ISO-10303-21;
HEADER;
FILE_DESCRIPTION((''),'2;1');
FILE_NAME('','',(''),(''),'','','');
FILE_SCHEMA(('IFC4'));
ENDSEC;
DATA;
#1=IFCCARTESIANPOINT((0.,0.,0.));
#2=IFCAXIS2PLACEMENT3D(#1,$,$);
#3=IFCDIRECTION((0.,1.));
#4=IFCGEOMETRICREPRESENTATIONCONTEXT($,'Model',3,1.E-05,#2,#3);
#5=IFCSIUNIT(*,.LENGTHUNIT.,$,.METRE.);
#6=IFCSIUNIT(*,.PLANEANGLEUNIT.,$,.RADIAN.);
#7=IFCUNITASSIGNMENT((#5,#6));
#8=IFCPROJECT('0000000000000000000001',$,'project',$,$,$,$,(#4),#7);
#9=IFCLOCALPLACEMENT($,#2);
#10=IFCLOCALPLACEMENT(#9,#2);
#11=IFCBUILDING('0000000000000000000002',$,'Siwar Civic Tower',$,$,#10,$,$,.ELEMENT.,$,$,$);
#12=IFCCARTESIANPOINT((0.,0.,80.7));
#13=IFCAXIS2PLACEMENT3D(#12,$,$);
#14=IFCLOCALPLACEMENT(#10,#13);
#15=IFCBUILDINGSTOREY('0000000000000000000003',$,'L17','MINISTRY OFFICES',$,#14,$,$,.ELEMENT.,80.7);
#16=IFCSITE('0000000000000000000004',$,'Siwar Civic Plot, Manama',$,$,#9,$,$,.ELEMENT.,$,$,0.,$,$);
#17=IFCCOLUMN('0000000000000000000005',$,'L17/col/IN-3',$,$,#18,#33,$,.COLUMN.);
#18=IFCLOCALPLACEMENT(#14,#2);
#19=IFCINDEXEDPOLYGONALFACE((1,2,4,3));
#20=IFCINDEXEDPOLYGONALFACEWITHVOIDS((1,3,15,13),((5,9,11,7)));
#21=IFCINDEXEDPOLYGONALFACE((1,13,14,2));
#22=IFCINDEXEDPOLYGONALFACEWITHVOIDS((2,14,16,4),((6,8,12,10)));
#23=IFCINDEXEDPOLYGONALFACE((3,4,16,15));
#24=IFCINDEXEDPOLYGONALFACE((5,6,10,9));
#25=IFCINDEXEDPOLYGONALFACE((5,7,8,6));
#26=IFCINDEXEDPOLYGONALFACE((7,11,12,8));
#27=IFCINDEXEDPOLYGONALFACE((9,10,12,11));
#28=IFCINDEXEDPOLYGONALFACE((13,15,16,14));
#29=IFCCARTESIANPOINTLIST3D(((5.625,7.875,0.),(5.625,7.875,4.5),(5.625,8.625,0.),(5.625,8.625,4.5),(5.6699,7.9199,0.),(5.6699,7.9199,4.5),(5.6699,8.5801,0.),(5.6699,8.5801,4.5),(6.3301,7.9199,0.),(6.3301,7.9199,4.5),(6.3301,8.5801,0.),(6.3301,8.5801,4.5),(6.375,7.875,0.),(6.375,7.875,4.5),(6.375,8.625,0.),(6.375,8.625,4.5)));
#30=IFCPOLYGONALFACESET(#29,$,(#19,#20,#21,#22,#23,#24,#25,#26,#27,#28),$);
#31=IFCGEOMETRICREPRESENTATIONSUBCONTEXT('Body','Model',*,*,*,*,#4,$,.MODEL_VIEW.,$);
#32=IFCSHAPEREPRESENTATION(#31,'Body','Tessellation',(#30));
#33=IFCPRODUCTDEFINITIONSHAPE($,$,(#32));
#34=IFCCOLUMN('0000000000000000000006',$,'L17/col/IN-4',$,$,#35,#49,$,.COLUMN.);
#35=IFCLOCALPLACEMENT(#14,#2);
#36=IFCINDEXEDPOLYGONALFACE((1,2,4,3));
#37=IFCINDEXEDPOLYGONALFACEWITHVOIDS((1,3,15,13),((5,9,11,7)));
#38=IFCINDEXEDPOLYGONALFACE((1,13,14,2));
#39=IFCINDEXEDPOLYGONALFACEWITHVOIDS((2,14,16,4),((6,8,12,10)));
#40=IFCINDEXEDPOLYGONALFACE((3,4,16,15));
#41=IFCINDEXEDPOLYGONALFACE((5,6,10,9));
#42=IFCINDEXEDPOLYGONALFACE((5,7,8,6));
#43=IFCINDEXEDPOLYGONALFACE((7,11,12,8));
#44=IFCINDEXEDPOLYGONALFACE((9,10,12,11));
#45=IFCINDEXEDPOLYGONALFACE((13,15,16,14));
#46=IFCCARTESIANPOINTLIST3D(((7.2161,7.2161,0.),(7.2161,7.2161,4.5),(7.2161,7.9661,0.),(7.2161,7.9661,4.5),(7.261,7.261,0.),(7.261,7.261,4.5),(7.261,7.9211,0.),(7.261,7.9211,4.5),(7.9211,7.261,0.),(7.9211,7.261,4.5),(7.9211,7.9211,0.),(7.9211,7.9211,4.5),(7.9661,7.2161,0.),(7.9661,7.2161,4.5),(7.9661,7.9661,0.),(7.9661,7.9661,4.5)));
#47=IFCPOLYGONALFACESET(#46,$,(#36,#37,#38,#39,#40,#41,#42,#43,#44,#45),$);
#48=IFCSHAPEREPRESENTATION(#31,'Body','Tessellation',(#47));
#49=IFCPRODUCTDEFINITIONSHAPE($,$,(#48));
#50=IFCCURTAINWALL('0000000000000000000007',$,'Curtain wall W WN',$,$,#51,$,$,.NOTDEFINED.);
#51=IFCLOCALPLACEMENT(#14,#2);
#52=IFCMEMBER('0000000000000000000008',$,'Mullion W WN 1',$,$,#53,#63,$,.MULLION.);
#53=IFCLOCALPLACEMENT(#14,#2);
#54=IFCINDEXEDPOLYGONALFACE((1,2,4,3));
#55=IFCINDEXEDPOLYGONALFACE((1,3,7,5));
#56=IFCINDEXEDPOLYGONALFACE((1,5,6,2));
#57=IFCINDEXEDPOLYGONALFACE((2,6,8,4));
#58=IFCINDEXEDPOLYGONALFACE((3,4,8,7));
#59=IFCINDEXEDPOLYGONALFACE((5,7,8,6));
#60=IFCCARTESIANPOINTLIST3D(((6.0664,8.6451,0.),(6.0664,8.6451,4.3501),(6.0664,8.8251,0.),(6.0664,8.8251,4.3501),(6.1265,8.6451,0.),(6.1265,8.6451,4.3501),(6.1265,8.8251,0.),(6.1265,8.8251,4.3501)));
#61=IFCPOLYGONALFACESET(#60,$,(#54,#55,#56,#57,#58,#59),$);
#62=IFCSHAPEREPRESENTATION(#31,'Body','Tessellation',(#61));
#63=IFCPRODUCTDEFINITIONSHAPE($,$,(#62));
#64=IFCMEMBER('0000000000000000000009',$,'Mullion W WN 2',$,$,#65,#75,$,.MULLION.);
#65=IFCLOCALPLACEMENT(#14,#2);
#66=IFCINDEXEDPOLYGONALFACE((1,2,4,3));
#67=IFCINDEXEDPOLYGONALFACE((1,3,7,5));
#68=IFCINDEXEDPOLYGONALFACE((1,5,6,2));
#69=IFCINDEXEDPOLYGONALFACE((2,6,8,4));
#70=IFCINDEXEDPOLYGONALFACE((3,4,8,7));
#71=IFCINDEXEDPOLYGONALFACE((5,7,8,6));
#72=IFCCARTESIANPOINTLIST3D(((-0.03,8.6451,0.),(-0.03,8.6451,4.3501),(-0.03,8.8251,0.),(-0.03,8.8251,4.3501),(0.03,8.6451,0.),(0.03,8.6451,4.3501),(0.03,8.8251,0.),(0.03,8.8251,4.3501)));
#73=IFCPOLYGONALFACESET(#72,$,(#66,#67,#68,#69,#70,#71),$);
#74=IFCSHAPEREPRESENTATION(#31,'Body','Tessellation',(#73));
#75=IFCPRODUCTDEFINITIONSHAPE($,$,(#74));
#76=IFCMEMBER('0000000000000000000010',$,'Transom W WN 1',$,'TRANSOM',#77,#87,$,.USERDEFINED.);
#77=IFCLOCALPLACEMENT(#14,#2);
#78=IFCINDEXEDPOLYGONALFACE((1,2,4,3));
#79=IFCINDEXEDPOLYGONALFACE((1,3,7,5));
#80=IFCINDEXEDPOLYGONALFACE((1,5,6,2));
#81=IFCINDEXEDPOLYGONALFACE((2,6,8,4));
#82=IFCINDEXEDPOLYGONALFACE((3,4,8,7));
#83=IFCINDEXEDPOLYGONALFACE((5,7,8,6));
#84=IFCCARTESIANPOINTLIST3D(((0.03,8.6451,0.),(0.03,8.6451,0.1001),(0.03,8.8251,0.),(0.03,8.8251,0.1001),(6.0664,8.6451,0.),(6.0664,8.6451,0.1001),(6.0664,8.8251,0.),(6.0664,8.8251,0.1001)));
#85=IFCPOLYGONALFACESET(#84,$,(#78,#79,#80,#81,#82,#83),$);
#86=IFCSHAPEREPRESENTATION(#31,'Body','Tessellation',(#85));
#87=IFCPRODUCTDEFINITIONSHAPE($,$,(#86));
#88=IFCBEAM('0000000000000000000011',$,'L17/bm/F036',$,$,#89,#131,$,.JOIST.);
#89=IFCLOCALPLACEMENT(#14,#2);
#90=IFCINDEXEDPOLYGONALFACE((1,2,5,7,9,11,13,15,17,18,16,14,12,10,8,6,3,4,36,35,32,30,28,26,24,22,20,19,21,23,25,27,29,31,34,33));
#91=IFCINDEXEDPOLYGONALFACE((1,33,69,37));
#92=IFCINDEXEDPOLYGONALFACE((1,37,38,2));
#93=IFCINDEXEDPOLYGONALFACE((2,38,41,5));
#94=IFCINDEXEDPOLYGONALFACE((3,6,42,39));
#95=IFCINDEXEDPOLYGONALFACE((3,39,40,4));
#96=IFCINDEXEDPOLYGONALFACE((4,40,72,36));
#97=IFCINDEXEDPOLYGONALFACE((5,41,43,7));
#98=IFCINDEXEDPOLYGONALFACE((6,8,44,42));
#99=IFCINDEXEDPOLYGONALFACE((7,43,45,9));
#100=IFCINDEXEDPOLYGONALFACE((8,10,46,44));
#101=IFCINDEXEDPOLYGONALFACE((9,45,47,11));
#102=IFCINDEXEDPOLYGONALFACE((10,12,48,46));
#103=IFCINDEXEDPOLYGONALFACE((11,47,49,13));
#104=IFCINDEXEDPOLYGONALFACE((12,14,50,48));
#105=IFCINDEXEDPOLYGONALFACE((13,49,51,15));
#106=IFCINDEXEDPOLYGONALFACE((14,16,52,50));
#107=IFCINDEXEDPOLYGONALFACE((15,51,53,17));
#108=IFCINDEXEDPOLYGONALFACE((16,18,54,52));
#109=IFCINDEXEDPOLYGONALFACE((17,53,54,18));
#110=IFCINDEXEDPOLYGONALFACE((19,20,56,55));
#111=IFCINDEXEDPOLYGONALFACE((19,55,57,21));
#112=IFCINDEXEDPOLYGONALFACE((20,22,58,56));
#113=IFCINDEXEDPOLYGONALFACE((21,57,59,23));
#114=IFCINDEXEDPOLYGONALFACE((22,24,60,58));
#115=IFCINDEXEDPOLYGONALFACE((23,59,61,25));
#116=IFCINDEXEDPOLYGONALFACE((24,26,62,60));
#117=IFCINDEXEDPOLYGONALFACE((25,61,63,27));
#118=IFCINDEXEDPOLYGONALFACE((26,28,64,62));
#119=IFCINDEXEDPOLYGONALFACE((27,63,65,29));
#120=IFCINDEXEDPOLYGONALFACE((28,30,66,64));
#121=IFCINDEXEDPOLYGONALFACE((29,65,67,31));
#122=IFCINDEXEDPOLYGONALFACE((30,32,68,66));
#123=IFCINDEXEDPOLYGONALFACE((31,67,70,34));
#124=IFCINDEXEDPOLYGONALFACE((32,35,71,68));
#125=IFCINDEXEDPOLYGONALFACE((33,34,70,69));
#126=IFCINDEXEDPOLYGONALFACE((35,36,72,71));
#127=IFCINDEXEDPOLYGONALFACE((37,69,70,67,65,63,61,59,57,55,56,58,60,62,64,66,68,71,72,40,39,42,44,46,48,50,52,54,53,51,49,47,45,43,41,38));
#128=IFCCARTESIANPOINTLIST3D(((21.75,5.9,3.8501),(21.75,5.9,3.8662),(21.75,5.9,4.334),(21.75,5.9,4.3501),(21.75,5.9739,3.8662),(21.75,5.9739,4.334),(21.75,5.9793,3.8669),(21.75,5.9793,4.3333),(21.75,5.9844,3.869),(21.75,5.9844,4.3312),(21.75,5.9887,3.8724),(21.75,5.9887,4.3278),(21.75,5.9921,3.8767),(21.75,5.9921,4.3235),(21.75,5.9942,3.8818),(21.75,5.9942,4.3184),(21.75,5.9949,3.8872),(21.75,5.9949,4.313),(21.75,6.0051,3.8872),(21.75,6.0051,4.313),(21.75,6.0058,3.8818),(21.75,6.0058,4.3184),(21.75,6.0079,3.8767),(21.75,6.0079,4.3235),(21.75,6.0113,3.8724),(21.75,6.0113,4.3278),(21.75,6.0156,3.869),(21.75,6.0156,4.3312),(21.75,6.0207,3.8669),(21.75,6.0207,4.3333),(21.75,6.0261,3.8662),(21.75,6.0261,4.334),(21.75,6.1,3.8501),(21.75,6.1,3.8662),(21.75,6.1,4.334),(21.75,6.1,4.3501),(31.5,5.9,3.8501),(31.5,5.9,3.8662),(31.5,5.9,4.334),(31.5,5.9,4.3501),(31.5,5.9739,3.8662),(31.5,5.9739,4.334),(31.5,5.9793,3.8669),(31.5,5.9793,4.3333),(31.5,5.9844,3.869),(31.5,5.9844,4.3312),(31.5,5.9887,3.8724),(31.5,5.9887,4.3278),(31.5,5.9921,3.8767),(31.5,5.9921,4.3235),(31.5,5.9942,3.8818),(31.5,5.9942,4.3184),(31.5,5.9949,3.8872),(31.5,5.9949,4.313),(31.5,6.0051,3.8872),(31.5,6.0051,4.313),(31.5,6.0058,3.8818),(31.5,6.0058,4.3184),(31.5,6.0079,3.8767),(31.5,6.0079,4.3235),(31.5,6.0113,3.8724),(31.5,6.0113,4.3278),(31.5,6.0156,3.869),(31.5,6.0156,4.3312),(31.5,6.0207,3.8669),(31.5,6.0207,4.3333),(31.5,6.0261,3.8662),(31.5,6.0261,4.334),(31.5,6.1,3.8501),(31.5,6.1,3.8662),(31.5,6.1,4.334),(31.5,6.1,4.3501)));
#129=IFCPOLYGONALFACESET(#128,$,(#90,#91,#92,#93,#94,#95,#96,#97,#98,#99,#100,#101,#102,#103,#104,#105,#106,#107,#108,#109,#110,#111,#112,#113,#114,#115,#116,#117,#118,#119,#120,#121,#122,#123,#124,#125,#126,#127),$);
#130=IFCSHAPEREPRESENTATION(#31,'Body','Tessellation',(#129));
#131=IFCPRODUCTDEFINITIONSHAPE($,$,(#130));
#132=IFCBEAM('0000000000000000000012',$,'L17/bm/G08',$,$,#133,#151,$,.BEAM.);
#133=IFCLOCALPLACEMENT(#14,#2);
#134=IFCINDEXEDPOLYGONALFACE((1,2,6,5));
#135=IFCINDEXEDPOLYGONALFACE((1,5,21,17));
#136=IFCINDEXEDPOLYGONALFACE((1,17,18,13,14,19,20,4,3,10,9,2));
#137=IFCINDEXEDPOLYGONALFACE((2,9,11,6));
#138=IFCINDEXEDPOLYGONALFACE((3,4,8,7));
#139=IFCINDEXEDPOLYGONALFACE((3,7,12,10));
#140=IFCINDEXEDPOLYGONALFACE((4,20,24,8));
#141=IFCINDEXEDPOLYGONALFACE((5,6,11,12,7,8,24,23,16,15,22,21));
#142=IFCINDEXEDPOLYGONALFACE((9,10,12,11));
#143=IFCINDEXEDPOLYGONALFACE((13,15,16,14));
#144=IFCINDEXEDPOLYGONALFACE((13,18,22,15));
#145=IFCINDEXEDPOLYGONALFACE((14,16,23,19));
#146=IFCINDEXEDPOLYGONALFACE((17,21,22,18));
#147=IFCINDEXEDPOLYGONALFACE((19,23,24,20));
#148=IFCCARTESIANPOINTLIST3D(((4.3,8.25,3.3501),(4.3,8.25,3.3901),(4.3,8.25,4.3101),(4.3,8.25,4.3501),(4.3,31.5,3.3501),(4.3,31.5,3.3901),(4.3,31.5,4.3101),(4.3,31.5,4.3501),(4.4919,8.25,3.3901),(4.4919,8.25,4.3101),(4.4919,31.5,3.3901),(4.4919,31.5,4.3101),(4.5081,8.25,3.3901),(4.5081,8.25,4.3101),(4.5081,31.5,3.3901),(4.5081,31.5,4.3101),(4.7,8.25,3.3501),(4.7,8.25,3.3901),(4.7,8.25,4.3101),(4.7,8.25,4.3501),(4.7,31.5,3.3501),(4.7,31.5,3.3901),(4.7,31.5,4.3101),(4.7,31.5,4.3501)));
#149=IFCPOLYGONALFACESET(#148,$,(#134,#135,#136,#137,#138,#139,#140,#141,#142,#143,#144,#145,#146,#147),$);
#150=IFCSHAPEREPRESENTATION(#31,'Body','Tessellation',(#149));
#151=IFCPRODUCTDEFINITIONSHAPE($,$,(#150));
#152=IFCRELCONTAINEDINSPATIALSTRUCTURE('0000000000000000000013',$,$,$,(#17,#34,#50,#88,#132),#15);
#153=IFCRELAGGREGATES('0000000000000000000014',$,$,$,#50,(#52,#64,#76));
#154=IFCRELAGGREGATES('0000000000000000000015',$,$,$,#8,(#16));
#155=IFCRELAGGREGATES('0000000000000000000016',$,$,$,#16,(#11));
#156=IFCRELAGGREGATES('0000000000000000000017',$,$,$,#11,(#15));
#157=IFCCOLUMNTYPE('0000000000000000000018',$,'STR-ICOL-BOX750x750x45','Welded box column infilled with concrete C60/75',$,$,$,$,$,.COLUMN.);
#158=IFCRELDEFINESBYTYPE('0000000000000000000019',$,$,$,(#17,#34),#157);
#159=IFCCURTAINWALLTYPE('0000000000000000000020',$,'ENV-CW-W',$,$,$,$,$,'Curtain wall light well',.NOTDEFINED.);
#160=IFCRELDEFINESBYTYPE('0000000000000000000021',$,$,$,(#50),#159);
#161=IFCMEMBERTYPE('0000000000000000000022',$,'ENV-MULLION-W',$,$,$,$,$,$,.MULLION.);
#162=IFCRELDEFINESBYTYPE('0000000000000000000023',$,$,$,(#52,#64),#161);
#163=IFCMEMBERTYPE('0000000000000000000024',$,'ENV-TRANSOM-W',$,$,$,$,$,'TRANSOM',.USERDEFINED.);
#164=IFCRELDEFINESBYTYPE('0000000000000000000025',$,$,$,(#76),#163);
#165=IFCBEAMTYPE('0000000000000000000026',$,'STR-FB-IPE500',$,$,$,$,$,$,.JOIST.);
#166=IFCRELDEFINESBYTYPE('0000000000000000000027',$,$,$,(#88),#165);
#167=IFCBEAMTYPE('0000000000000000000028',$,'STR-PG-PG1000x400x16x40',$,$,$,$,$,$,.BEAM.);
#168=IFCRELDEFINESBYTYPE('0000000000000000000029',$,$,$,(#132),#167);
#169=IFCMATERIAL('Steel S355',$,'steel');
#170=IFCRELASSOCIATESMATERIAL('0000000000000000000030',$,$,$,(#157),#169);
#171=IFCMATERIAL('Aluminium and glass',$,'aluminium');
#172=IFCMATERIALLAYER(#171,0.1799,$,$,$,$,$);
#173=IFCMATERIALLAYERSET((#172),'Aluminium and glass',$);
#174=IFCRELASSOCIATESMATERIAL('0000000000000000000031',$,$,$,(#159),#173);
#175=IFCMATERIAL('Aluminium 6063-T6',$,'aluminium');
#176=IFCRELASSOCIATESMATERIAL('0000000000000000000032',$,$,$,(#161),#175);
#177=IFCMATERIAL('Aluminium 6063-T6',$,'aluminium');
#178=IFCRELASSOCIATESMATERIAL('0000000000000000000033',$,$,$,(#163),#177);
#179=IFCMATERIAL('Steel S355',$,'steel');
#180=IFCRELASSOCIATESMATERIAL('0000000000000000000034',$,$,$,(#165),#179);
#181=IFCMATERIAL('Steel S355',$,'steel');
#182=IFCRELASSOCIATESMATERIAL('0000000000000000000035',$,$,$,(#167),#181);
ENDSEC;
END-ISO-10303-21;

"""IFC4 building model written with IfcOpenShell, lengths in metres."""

from ifc_helpers import new_model, si_unit, direction, frame, origin, origin_2d, place, context, subcontext, project, spatial, rectangle, hollow_rectangle, i_section, extrude, material, layer, layer_set, material_profile, profile_set, type_object, element, aggregate, save


model = new_model("IFC4")

# Units and contexts
model_context = context("Model", 3, precision=1e-05, world=origin(), true_north=direction((0.0, 1.0)))
body_context = subcontext(model_context, "Body", "Model", "MODEL_VIEW")
ifc_project = project(units=[si_unit("LENGTHUNIT", "METRE"), si_unit("PLANEANGLEUNIT", "RADIAN")], contexts=[model_context])

# Site, building, storey
site_placement = place(None, origin())
site = spatial("IfcSite", under=ifc_project, at=site_placement, Name="Siwar Civic Plot, Manama", CompositionType="ELEMENT", RefElevation=0.0)
building_placement = place(site_placement, origin())
building = spatial("IfcBuilding", under=site, at=building_placement, Name="Siwar Civic Tower", CompositionType="ELEMENT")
storey_placement = place(building_placement, frame((0.0, 0.0, 80.7)))
storey = spatial("IfcBuildingStorey", under=building, at=storey_placement, Name="L17", Description="MINISTRY OFFICES", CompositionType="ELEMENT", Elevation=80.7)

# Columns
ifc_material_1 = material(Name="Steel S355", Category="steel")
ifc_material_profile_1 = material_profile(ifc_material_1, hollow_rectangle(XDim=0.75, YDim=0.75, WallThickness=0.0449, at=origin_2d()), Name="BOX750x750x45")
ifc_profile_set_1 = profile_set([ifc_material_profile_1], Name="Steel S355")
column_type = type_object("IfcColumnType", Name="STR-ICOL-BOX750x750x45", Description="Welded box column infilled with concrete C60/75", PredefinedType="COLUMN", material=ifc_profile_set_1)
for number, where, z_axis, x_axis, name in (
    (1, (6.0, 8.25, 0.0), (0.0, 0.0, 1.0), (1.0, 0.0, 0.0), "L17/col/IN-3"),
    (2, (7.5911, 7.5911, 0.0), (0.0, 0.0, 1.0), (1.0, 0.0, 0.0), "L17/col/IN-4"),
):
    element("IfcColumn", number, at=place(storey_placement, frame(where, z_axis=z_axis, x_axis=x_axis)), inside=storey, type_object=column_type, Name=name, PredefinedType="COLUMN", context=body_context, shape_type="SweptSolid", body=[
        extrude(hollow_rectangle(XDim=0.75, YDim=0.75, WallThickness=0.0449, at=origin_2d()), origin(), (0.0, 0.0, 1.0), 4.5),
    ])

# Curtain wall, members
ifc_material_2 = material(Name="Aluminium and glass", Category="aluminium")
ifc_layer_1 = layer(ifc_material_2, 0.1799)
ifc_layer_set_1 = layer_set([ifc_layer_1], Name="Aluminium and glass")
curtain_wall_type = type_object("IfcCurtainWallType", Name="ENV-CW-W", ElementType="Curtain wall light well", PredefinedType="NOTDEFINED", material=ifc_layer_set_1)
curtain_wall_placement = place(storey_placement, origin())
curtain_wall = element("IfcCurtainWall", 3, at=curtain_wall_placement, inside=storey, type_object=curtain_wall_type, Name="Curtain wall W WN", PredefinedType="NOTDEFINED")
ifc_material_3 = material(Name="Aluminium 6063-T6", Category="aluminium")
ifc_material_profile_2 = material_profile(ifc_material_3, rectangle(XDim=0.1799, YDim=0.0601, at=origin_2d()), Name="AL 180x60")
ifc_profile_set_2 = profile_set([ifc_material_profile_2], Name="Aluminium 6063-T6")
member_type_1 = type_object("IfcMemberType", Name="ENV-MULLION-W", PredefinedType="MULLION", material=ifc_profile_set_2)
member_1_placement = place(storey_placement, frame((6.0964, 8.7351, 0.0), z_axis=(0.0, 0.0, 1.0), x_axis=(0.0, -1.0, 0.0)))
member_1 = element("IfcMember", 4, at=member_1_placement, type_object=member_type_1, Name="Mullion W WN 1", PredefinedType="MULLION", context=body_context, shape_type="SweptSolid", body=[
    extrude(rectangle(XDim=0.1799, YDim=0.0601, at=origin_2d()), origin(), (0.0, 0.0, 1.0), 4.3501),
])
member_2_placement = place(storey_placement, frame((0.0, 8.7351, 0.0), z_axis=(0.0, 0.0, 1.0), x_axis=(0.0, -1.0, 0.0)))
member_2 = element("IfcMember", 5, at=member_2_placement, type_object=member_type_1, Name="Mullion W WN 2", PredefinedType="MULLION", context=body_context, shape_type="SweptSolid", body=[
    extrude(rectangle(XDim=0.1799, YDim=0.0601, at=origin_2d()), origin(), (0.0, 0.0, 1.0), 4.3501),
])
ifc_material_4 = material(Name="Aluminium 6063-T6", Category="aluminium")
ifc_material_profile_3 = material_profile(ifc_material_4, rectangle(XDim=0.1799, YDim=0.1001, at=origin_2d()), Name="AL 180x100")
ifc_profile_set_3 = profile_set([ifc_material_profile_3], Name="Aluminium 6063-T6")
member_type_2 = type_object("IfcMemberType", Name="ENV-TRANSOM-W", ElementType="TRANSOM", PredefinedType="USERDEFINED", material=ifc_profile_set_3)
member_3_placement = place(storey_placement, frame((6.0664, 8.7351, 0.05), z_axis=(-1.0, 0.0, 0.0), x_axis=(0.0, -1.0, 0.0)))
member_3 = element("IfcMember", 6, at=member_3_placement, type_object=member_type_2, Name="Transom W WN 1", ObjectType="TRANSOM", PredefinedType="USERDEFINED", context=body_context, shape_type="SweptSolid", body=[
    extrude(rectangle(XDim=0.1799, YDim=0.1001, at=origin_2d()), origin(), (0.0, 0.0, 1.0), 6.0364),
])

# Beams
ifc_material_5 = material(Name="Steel S355", Category="steel")
ifc_material_profile_4 = material_profile(ifc_material_5, i_section(OverallWidth=0.2, OverallDepth=0.5, WebThickness=0.0103, FlangeThickness=0.0161, FilletRadius=0.021, at=origin_2d()), Name="IPE500")
ifc_profile_set_4 = profile_set([ifc_material_profile_4], Name="Steel S355")
beam_type_1 = type_object("IfcBeamType", Name="STR-FB-IPE500", PredefinedType="JOIST", material=ifc_profile_set_4)
beam_1_placement = place(storey_placement, frame((21.75, 6.0, 4.1001), z_axis=(1.0, 0.0, 0.0), x_axis=(0.0, 1.0, 0.0)))
element("IfcBeam", 7, at=beam_1_placement, inside=storey, type_object=beam_type_1, Name="L17/bm/F036", PredefinedType="JOIST", context=body_context, shape_type="SweptSolid", body=[
    extrude(i_section(OverallWidth=0.2, OverallDepth=0.5, WebThickness=0.0103, FlangeThickness=0.0161, FilletRadius=0.021, at=origin_2d()), origin(), (0.0, 0.0, 1.0), 9.75),
])
ifc_material_6 = material(Name="Steel S355", Category="steel")
ifc_material_profile_5 = material_profile(ifc_material_6, i_section(OverallWidth=0.3999, OverallDepth=1.0, WebThickness=0.0161, FlangeThickness=0.04, at=origin_2d()), Name="PG1000x400x16x40")
ifc_profile_set_5 = profile_set([ifc_material_profile_5], Name="Steel S355")
beam_type_2 = type_object("IfcBeamType", Name="STR-PG-PG1000x400x16x40", PredefinedType="BEAM", material=ifc_profile_set_5)
beam_2_placement = place(storey_placement, frame((4.5, 8.25, 3.8501), z_axis=(0.0, 1.0, 0.0), x_axis=(-1.0, 0.0, 0.0)))
element("IfcBeam", 8, at=beam_2_placement, inside=storey, type_object=beam_type_2, Name="L17/bm/G08", PredefinedType="BEAM", context=body_context, shape_type="SweptSolid", body=[
    extrude(i_section(OverallWidth=0.3999, OverallDepth=1.0, WebThickness=0.0161, FlangeThickness=0.04, at=origin_2d()), origin(), (0.0, 0.0, 1.0), 23.25),
])

aggregate(curtain_wall, [member_1, member_2, member_3])

save(model, "model.ifc")
